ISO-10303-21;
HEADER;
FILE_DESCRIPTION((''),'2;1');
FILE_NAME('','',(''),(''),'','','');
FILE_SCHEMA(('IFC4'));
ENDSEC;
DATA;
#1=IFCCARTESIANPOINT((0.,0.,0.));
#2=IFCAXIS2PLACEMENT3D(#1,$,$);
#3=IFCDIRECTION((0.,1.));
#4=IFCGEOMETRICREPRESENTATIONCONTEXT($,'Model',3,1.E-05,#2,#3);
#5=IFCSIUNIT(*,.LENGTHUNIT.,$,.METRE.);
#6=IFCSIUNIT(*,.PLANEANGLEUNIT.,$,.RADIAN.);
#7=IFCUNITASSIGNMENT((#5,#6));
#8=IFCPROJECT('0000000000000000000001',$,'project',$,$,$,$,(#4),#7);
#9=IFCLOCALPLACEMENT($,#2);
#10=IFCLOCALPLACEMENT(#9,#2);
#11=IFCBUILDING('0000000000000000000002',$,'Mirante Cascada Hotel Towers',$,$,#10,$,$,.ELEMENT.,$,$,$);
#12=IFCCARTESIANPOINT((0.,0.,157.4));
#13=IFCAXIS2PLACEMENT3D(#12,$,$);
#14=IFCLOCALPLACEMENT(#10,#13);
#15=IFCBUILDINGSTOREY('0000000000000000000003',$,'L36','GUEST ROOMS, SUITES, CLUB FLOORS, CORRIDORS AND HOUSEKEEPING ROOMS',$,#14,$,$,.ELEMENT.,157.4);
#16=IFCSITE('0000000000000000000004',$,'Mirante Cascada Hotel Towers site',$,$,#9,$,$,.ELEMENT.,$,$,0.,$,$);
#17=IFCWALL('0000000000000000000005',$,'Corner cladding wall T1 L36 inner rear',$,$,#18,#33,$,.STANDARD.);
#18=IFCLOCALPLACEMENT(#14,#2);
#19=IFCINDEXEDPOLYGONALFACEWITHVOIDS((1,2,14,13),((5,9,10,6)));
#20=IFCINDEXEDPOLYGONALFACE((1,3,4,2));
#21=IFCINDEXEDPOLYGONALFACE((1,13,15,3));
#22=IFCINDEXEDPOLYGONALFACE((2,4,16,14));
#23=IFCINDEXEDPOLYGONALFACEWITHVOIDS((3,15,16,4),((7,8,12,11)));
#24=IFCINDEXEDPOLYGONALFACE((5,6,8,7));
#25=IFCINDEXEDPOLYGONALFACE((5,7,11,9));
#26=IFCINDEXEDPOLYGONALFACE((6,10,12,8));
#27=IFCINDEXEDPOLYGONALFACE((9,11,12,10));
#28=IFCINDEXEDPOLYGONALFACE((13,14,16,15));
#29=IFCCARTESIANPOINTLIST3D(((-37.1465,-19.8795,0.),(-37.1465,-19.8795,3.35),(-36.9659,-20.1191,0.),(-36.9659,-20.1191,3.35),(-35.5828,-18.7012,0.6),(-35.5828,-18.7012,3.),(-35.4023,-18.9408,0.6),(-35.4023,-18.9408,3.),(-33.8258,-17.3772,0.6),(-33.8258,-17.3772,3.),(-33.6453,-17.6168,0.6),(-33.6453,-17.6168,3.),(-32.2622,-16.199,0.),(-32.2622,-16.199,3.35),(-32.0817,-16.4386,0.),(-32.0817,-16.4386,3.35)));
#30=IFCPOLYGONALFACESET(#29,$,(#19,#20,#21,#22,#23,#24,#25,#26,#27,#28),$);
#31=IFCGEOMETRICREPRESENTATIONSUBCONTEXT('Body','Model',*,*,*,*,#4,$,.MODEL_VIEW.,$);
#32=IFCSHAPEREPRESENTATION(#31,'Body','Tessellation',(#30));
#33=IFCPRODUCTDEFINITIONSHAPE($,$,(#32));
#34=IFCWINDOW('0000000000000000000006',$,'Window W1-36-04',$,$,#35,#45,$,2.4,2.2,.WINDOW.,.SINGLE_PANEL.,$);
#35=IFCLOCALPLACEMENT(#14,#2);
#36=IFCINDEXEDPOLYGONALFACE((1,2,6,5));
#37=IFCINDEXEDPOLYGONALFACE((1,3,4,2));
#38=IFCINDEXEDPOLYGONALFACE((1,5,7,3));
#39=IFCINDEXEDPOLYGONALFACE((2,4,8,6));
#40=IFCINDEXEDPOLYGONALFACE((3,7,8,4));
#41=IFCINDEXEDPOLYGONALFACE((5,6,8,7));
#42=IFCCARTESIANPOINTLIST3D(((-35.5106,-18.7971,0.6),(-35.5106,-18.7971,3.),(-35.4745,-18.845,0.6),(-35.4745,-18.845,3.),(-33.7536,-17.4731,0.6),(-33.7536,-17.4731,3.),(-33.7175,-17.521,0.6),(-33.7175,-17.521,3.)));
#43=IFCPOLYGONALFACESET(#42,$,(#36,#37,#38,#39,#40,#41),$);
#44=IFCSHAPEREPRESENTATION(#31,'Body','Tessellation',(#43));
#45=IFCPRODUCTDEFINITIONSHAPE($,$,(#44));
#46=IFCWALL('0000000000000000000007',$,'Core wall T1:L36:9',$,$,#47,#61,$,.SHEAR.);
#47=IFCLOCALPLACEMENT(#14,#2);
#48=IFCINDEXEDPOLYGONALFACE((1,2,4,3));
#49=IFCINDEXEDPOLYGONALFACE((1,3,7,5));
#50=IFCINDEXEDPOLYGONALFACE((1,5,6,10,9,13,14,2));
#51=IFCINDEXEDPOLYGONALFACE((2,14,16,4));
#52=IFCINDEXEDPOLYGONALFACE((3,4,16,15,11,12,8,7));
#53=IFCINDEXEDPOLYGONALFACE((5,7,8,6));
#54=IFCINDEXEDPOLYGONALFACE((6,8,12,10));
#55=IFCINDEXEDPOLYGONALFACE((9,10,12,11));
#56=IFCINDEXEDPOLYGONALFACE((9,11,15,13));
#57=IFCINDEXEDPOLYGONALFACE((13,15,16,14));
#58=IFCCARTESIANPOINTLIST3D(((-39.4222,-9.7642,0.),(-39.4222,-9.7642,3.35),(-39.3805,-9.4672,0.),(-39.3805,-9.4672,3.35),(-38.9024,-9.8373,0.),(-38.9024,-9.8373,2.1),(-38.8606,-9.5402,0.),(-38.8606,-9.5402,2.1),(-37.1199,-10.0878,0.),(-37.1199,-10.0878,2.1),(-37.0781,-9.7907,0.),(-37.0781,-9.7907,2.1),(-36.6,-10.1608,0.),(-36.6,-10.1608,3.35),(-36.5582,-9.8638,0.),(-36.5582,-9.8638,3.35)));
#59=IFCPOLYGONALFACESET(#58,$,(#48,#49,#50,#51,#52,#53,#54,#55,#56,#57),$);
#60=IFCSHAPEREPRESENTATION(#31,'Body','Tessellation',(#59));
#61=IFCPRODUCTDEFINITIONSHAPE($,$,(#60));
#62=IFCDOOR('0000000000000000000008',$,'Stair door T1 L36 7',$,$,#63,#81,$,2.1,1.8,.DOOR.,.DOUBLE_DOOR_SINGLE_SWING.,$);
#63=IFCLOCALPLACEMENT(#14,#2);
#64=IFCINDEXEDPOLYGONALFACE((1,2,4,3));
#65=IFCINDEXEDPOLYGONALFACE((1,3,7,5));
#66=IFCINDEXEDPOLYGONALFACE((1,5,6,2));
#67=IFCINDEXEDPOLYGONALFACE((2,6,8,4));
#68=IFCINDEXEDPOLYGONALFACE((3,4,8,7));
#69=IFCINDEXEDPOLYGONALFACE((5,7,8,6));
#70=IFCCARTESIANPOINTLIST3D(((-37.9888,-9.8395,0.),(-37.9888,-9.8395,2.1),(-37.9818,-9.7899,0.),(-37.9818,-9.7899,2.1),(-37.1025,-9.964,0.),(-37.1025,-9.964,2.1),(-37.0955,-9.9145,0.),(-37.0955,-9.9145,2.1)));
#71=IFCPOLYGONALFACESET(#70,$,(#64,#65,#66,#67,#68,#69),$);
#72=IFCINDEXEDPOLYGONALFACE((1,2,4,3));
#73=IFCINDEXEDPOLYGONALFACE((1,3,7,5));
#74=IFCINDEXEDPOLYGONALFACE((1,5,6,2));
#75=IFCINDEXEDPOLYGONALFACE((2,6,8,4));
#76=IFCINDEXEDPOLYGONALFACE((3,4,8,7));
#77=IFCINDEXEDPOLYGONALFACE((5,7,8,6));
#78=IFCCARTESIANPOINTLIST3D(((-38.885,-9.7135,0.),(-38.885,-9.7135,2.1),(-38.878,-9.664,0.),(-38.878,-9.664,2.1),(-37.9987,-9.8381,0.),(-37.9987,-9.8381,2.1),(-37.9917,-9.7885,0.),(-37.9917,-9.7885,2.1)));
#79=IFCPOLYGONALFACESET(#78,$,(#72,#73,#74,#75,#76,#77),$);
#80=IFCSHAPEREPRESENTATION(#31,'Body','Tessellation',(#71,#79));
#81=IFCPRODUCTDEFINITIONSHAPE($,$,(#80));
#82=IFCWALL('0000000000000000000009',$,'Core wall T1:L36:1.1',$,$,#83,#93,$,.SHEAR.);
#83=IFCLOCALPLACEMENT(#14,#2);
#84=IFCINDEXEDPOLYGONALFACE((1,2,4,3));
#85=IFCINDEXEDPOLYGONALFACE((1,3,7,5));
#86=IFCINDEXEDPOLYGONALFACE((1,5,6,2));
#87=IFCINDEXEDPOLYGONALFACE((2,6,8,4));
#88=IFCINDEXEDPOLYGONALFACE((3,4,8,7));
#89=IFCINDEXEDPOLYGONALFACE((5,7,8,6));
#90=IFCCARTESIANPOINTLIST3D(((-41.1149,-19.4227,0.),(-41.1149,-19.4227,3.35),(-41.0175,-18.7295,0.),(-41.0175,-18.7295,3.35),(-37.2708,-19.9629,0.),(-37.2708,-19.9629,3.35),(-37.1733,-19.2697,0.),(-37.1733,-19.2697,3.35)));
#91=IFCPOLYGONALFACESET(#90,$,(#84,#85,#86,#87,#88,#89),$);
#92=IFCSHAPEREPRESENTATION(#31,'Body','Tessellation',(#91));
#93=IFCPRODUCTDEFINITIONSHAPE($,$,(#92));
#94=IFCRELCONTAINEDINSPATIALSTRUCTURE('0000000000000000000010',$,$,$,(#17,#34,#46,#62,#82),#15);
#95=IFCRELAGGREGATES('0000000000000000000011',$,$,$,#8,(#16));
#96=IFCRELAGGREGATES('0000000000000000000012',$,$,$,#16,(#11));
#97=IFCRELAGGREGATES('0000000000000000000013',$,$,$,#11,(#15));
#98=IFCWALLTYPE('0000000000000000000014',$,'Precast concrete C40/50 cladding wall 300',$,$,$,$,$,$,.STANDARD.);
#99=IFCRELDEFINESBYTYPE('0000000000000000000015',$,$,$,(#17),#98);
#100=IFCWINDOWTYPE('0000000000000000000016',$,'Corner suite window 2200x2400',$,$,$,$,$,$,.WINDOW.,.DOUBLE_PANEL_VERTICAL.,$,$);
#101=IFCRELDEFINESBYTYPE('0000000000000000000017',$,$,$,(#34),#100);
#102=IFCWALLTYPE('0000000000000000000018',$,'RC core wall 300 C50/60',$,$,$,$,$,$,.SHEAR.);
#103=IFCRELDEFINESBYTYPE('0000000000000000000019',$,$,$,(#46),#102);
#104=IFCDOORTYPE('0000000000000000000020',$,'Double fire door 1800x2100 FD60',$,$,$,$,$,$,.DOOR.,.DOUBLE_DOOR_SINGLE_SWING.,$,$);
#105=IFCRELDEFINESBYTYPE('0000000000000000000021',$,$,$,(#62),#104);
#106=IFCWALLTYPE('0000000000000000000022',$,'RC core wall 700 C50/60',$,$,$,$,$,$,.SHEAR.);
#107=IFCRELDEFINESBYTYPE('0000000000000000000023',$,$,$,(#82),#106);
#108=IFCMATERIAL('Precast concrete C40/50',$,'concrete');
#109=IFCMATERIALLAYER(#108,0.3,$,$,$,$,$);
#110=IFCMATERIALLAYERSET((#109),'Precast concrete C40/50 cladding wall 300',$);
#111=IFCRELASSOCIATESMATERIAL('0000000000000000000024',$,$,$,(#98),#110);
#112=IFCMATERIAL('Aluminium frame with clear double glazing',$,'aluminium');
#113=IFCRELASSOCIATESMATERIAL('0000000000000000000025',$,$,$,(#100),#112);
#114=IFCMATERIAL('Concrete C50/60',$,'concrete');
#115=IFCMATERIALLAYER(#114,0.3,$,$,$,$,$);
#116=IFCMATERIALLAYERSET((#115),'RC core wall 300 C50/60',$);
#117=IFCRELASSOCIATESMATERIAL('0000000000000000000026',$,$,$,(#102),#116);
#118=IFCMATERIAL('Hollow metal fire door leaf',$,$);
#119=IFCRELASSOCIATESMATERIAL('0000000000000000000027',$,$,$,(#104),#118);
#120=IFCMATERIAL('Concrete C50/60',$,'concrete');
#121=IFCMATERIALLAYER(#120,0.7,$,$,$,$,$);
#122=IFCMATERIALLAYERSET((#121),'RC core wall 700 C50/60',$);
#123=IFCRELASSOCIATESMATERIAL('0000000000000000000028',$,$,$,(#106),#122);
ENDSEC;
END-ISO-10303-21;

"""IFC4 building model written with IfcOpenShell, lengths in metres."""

from ifc_helpers import new_model, si_unit, direction, frame, frame_2d, origin, place, context, subcontext, project, spatial, rectangle, extrude, material, layer, layer_set, type_object, element, fill, save


model = new_model("IFC4")

# Units and contexts
model_context = context("Model", 3, precision=1e-05, world=origin(), true_north=direction((0.0, 1.0)))
body_context = subcontext(model_context, "Body", "Model", "MODEL_VIEW")
ifc_project = project(units=[si_unit("LENGTHUNIT", "METRE"), si_unit("PLANEANGLEUNIT", "RADIAN")], contexts=[model_context])

# Site, building, storey
site_placement = place(None, origin())
site = spatial("IfcSite", under=ifc_project, at=site_placement, Name="Mirante Cascada Hotel Towers site", CompositionType="ELEMENT", RefElevation=0.0)
building_placement = place(site_placement, origin())
building = spatial("IfcBuilding", under=site, at=building_placement, Name="Mirante Cascada Hotel Towers", CompositionType="ELEMENT")
storey_placement = place(building_placement, frame((0.0, 0.0, 157.4)))
storey = spatial("IfcBuildingStorey", under=building, at=storey_placement, Name="L36", Description="GUEST ROOMS, SUITES, CLUB FLOORS, CORRIDORS AND HOUSEKEEPING ROOMS", CompositionType="ELEMENT", Elevation=157.4)

# Wall, opening, window
ifc_material_1 = material(Name="Precast concrete C40/50", Category="concrete")
ifc_layer_1 = layer(ifc_material_1, 0.3)
ifc_layer_set_1 = layer_set([ifc_layer_1], Name="Precast concrete C40/50 cladding wall 300")
wall_type_1 = type_object("IfcWallType", Name="Precast concrete C40/50 cladding wall 300", PredefinedType="STANDARD", material=ifc_layer_set_1)
wall_1_placement = place(storey_placement, frame((-32.172, -16.3188, 0.0), z_axis=(0.0, 0.0, 1.0), x_axis=(-0.798636, -0.601814, 0.0)))
wall_1 = element("IfcWall", 1, at=wall_1_placement, inside=storey, type_object=wall_type_1, Name="Corner cladding wall T1 L36 inner rear", PredefinedType="STANDARD", context=body_context, shape_type="SweptSolid", body=[
    extrude(rectangle(XDim=6.1157, YDim=0.3, at=frame_2d((3.0578, 0.0))), origin(), (0.0, 0.0, 1.0), 3.35),
])
opening_1_placement = place(wall_1_placement, frame((1.9578, 0.0, 0.6)))
opening_1 = element("IfcOpeningElement", 2, at=opening_1_placement, cuts=wall_1, PredefinedType="OPENING", context=body_context, shape_type="SweptSolid", body=[
    extrude(rectangle(XDim=2.2, YDim=2.4, at=frame_2d((1.1, 1.2))), frame((0.0, 0.15, 0.0), z_axis=(0.0, -1.0, 0.0), x_axis=(1.0, 0.0, 0.0)), (0.0, 0.0, 1.0), 0.3),
])
ifc_material_2 = material(Name="Aluminium frame with clear double glazing", Category="aluminium")
window_type = type_object("IfcWindowType", Name="Corner suite window 2200x2400", PartitioningType="DOUBLE_PANEL_VERTICAL", PredefinedType="WINDOW", material=ifc_material_2)
window_placement = place(opening_1_placement, origin())
window = element("IfcWindow", 3, at=window_placement, inside=storey, type_object=window_type, Name="Window W1-36-04", OverallHeight=2.4, OverallWidth=2.2, PartitioningType="SINGLE_PANEL", PredefinedType="WINDOW", context=body_context, shape_type="SweptSolid", body=[
    extrude(rectangle(XDim=2.2, YDim=2.4, at=frame_2d((1.1, 1.2))), frame((0.0, 0.03, 0.0), z_axis=(0.0, -1.0, 0.0), x_axis=(1.0, 0.0, 0.0)), (0.0, 0.0, 1.0), 0.06),
])
fill(opening_1, window)

# Wall, opening, door
ifc_material_3 = material(Name="Concrete C50/60", Category="concrete")
ifc_layer_2 = layer(ifc_material_3, 0.3)
ifc_layer_set_2 = layer_set([ifc_layer_2], Name="RC core wall 300 C50/60")
wall_type_2 = type_object("IfcWallType", Name="RC core wall 300 C50/60", PredefinedType="SHEAR", material=ifc_layer_set_2)
wall_2_placement = place(storey_placement, frame((-36.5791, -10.0123, 0.0), z_axis=(0.0, 0.0, 1.0), x_axis=(-0.99027, 0.139156, 0.0)))
wall_2 = element("IfcWall", 4, at=wall_2_placement, inside=storey, type_object=wall_type_2, Name="Core wall T1:L36:9", PredefinedType="SHEAR", context=body_context, shape_type="SweptSolid", body=[
    extrude(rectangle(XDim=2.85, YDim=0.3, at=frame_2d((1.425, 0.0))), origin(), (0.0, 0.0, 1.0), 3.35),
])
opening_2_placement = place(wall_2_placement, frame((0.525, 0.0, 0.0)))
opening_2 = element("IfcOpeningElement", 5, at=opening_2_placement, cuts=wall_2, PredefinedType="OPENING", context=body_context, shape_type="SweptSolid", body=[
    extrude(rectangle(XDim=1.8, YDim=2.1, at=frame_2d((0.9, 1.05))), frame((0.0, 0.15, 0.0), z_axis=(0.0, -1.0, 0.0), x_axis=(1.0, 0.0, 0.0)), (0.0, 0.0, 1.0), 0.3),
])
ifc_material_4 = material(Name="Hollow metal fire door leaf")
door_type_1 = type_object("IfcDoorType", Name="Double fire door 1800x2100 FD60", OperationType="DOUBLE_DOOR_SINGLE_SWING", PredefinedType="DOOR", material=ifc_material_4)
door_1_placement = place(opening_2_placement, origin())
door_1 = element("IfcDoor", 6, at=door_1_placement, inside=storey, type_object=door_type_1, Name="Stair door T1 L36 7", OperationType="DOUBLE_DOOR_SINGLE_SWING", OverallHeight=2.1, OverallWidth=1.8, PredefinedType="DOOR", context=body_context, shape_type="SweptSolid", body=[
    extrude(rectangle(XDim=0.895, YDim=2.1, at=frame_2d((0.4475, 1.05))), frame((0.0, 0.025, 0.0), z_axis=(0.0, -1.0, 0.0), x_axis=(1.0, 0.0, 0.0)), (0.0, 0.0, 1.0), 0.05),
    extrude(rectangle(XDim=0.895, YDim=2.1, at=frame_2d((1.3525, 1.05))), frame((0.0, 0.025, 0.0), z_axis=(0.0, -1.0, 0.0), x_axis=(1.0, 0.0, 0.0)), (0.0, 0.0, 1.0), 0.05),
])
fill(opening_2, door_1)

# Wall
ifc_material_5 = material(Name="Concrete C50/60", Category="concrete")
ifc_layer_3 = layer(ifc_material_5, 0.7)
ifc_layer_set_3 = layer_set([ifc_layer_3], Name="RC core wall 700 C50/60")
wall_type_3 = type_object("IfcWallType", Name="RC core wall 700 C50/60", PredefinedType="SHEAR", material=ifc_layer_set_3)
wall_3_placement = place(storey_placement, frame((-37.222, -19.6163, 0.0), z_axis=(0.0, 0.0, 1.0), x_axis=(-0.99027, 0.13916, 0.0)))
element("IfcWall", 7, at=wall_3_placement, inside=storey, type_object=wall_type_3, Name="Core wall T1:L36:1.1", PredefinedType="SHEAR", context=body_context, shape_type="SweptSolid", body=[
    extrude(rectangle(XDim=3.8819, YDim=0.7, at=frame_2d((1.941, 0.0))), origin(), (0.0, 0.0, 1.0), 3.35),
])

save(model, "model.ifc")
